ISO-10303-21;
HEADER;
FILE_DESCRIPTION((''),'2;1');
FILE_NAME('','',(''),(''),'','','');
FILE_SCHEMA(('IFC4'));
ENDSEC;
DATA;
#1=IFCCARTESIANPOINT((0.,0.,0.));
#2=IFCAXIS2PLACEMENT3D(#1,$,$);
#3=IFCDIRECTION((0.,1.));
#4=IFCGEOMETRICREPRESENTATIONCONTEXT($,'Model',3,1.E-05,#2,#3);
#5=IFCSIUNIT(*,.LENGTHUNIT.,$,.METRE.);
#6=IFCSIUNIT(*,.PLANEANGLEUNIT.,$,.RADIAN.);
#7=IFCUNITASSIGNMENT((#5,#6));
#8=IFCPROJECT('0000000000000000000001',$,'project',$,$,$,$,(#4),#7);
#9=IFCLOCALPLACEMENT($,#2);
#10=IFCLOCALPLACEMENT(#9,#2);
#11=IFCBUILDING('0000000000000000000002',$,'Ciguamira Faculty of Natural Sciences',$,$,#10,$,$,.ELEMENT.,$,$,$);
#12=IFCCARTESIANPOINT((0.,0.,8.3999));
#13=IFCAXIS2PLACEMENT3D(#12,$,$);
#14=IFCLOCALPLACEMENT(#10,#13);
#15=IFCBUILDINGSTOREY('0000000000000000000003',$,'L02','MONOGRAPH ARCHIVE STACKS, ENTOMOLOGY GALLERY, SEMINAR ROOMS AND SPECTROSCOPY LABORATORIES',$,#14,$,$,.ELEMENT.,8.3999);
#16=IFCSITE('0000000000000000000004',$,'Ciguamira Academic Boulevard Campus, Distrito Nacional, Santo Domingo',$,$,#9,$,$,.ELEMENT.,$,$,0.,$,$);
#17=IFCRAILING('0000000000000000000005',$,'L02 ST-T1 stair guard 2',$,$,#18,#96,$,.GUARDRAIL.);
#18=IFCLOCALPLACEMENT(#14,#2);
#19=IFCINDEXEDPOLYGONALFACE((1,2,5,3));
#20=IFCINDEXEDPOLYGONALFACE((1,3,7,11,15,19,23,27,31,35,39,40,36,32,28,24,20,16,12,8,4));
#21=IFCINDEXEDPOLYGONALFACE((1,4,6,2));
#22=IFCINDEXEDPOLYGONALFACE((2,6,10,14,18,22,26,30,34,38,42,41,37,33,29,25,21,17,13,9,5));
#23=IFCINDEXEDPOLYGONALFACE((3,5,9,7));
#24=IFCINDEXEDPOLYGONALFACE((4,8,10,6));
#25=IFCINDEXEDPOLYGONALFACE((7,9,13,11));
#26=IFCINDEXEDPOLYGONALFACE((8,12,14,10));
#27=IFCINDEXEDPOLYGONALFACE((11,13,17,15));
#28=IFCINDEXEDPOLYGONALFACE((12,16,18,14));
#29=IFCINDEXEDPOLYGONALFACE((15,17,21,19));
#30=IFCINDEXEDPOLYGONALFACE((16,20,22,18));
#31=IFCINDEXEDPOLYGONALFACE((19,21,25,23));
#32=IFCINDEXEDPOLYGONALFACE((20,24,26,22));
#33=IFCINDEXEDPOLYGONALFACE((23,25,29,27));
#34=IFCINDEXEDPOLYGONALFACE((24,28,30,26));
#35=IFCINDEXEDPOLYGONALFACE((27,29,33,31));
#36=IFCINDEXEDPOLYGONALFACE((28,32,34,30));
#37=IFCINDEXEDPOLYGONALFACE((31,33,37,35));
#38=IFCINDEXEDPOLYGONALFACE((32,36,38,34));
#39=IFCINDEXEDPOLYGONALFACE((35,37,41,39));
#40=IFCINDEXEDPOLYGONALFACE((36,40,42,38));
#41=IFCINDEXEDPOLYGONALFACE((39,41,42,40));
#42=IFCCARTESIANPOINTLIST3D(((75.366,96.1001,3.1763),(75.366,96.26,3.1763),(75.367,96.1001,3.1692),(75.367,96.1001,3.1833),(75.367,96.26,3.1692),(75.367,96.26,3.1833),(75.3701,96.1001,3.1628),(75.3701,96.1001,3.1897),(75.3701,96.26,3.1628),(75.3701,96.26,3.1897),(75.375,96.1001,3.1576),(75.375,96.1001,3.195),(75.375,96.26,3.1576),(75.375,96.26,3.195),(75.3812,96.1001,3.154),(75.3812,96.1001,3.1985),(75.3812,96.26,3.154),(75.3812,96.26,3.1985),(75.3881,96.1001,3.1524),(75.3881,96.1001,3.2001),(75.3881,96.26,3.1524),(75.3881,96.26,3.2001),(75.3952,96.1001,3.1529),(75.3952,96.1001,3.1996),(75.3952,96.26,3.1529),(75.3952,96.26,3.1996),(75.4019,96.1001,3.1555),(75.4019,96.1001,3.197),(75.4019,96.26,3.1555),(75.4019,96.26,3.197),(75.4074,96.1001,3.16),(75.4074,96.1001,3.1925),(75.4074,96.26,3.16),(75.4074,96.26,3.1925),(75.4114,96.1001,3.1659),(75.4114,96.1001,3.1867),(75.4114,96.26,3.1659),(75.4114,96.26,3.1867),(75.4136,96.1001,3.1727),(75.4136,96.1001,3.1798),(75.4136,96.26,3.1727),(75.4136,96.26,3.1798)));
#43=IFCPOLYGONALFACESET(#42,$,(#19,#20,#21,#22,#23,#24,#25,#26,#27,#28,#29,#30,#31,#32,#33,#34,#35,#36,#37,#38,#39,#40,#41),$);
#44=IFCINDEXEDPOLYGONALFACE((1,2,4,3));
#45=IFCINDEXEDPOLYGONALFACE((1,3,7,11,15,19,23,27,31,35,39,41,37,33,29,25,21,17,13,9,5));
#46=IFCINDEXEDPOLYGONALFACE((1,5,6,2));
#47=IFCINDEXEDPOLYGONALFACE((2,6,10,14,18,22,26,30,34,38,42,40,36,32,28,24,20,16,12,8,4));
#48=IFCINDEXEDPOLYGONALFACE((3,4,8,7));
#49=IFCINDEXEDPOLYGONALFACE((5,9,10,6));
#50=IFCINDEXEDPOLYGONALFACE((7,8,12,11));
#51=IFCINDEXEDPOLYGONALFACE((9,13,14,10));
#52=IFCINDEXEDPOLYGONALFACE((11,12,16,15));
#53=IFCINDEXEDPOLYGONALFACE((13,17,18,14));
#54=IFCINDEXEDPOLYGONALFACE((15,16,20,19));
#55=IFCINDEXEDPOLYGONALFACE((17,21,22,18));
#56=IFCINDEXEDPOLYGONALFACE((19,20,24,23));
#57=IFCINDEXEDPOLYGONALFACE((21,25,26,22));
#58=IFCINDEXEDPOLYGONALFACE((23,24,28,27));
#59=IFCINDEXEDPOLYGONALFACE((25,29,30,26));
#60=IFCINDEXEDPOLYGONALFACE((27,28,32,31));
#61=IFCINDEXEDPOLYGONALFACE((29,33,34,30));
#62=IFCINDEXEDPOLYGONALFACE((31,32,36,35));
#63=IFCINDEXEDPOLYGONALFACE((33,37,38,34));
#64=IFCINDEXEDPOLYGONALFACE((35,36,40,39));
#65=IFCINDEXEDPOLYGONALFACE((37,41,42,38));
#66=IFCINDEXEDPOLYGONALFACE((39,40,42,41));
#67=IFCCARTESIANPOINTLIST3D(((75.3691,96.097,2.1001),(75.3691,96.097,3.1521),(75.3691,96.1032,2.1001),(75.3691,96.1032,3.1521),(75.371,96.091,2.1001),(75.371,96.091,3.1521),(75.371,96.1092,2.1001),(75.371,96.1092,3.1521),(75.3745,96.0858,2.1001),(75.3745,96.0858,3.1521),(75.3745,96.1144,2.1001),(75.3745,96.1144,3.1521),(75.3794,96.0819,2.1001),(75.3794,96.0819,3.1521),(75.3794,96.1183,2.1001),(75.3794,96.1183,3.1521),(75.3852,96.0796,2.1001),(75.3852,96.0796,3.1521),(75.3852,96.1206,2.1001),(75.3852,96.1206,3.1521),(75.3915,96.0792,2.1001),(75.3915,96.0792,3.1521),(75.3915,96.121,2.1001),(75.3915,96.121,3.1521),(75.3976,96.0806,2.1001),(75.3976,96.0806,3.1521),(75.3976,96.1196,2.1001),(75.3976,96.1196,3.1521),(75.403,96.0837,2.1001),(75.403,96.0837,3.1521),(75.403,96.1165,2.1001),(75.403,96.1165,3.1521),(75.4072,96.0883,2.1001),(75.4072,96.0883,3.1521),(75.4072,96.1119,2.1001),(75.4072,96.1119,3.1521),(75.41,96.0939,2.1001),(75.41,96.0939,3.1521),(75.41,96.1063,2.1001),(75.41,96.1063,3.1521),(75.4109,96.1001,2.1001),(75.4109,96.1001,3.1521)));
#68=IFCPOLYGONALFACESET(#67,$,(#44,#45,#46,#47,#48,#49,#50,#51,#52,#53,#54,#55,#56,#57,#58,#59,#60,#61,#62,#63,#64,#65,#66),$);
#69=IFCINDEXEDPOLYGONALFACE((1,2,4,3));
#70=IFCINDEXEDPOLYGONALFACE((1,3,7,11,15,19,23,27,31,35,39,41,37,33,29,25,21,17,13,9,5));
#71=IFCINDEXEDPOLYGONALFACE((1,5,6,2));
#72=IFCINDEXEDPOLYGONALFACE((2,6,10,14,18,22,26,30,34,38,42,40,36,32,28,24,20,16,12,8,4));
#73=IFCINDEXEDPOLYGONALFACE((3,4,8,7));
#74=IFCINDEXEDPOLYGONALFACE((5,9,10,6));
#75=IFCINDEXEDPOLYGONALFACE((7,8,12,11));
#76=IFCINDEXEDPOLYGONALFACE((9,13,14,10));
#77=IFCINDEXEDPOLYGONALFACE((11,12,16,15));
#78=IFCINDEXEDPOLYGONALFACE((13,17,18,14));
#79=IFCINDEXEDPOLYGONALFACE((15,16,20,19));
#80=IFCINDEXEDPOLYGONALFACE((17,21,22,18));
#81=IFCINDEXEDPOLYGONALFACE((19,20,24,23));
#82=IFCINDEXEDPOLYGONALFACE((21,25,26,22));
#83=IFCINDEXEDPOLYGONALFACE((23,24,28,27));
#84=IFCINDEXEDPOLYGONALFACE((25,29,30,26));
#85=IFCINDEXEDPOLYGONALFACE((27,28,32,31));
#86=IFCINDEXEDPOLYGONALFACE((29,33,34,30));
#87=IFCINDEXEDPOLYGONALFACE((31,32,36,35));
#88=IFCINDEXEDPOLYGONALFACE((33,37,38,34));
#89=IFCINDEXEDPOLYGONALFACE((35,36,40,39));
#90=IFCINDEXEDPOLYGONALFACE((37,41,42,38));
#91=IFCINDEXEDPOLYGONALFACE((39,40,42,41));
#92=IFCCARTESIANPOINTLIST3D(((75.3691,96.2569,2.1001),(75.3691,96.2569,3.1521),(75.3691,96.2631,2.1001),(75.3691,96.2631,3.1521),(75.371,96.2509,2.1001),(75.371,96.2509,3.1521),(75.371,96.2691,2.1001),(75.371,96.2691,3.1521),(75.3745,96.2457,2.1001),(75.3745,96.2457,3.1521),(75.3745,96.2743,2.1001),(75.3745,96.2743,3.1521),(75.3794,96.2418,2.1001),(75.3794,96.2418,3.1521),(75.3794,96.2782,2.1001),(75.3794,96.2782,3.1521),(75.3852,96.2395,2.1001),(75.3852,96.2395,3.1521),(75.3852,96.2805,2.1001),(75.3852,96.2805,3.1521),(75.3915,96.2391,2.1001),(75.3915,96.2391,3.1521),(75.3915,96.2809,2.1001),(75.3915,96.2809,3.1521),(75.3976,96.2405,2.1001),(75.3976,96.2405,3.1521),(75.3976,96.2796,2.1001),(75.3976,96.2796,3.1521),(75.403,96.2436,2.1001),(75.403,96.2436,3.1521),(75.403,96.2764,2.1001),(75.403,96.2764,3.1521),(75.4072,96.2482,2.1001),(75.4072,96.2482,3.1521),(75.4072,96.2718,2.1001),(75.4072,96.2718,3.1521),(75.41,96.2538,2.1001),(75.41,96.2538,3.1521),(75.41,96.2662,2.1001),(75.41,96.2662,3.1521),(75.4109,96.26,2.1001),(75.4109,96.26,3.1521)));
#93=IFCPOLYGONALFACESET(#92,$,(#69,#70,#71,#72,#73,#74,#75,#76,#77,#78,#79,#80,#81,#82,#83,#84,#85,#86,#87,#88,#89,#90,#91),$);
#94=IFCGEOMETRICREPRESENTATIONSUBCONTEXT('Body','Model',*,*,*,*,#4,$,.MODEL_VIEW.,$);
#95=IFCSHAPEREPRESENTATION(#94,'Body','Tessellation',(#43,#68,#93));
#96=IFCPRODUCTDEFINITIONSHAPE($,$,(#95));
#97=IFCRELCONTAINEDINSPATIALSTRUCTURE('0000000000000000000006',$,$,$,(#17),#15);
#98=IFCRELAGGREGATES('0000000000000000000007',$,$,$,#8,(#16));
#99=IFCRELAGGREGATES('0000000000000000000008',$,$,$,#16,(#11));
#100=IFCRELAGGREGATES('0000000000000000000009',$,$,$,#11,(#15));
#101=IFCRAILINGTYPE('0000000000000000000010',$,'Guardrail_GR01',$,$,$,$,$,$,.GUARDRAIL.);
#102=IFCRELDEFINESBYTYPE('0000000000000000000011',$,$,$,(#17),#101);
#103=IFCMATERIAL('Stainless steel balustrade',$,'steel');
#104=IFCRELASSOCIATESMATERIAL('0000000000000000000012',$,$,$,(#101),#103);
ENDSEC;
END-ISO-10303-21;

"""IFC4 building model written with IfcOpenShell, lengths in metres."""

from ifc_helpers import new_model, si_unit, direction, frame, origin, origin_2d, place, context, subcontext, project, spatial, circle, extrude, material, type_object, element, save


model = new_model("IFC4")

# Units and contexts
model_context = context("Model", 3, precision=1e-05, world=origin(), true_north=direction((0.0, 1.0)))
body_context = subcontext(model_context, "Body", "Model", "MODEL_VIEW")
ifc_project = project(units=[si_unit("LENGTHUNIT", "METRE"), si_unit("PLANEANGLEUNIT", "RADIAN")], contexts=[model_context])

# Site, building, storey
site_placement = place(None, origin())
site = spatial("IfcSite", under=ifc_project, at=site_placement, Name="Ciguamira Academic Boulevard Campus, Distrito Nacional, Santo Domingo", CompositionType="ELEMENT", RefElevation=0.0)
building_placement = place(site_placement, origin())
building = spatial("IfcBuilding", under=site, at=building_placement, Name="Ciguamira Faculty of Natural Sciences", CompositionType="ELEMENT")
storey_placement = place(building_placement, frame((0.0, 0.0, 8.3999)))
storey = spatial("IfcBuildingStorey", under=building, at=storey_placement, Name="L02", Description="MONOGRAPH ARCHIVE STACKS, ENTOMOLOGY GALLERY, SEMINAR ROOMS AND SPECTROSCOPY LABORATORIES", CompositionType="ELEMENT", Elevation=8.3999)

# Railing
ifc_material_1 = material(Name="Stainless steel balustrade", Category="steel")
railing_type_1 = type_object("IfcRailingType", Name="Guardrail_GR01", PredefinedType="GUARDRAIL", material=ifc_material_1)
railing_1_placement = place(storey_placement, frame((75.3899, 96.1001, 2.1001)))
element("IfcRailing", 1, at=railing_1_placement, inside=storey, type_object=railing_type_1, Name="L02 ST-T1 stair guard 2", PredefinedType="GUARDRAIL", context=body_context, shape_type="SweptSolid", body=[
    extrude(circle(Radius=0.0239, at=origin_2d()), frame((0.0, 0.0, 1.0762), z_axis=(0.0, 1.0, 0.0), x_axis=(-1.0, 0.0, 0.0)), (0.0, 0.0, 1.0), 0.1599),
    extrude(circle(Radius=0.021, at=origin_2d()), origin(), (0.0, 0.0, 1.0), 1.052),
    extrude(circle(Radius=0.021, at=origin_2d()), frame((0.0, 0.1599, 0.0)), (0.0, 0.0, 1.0), 1.052),
])

save(model, "model.ifc")
